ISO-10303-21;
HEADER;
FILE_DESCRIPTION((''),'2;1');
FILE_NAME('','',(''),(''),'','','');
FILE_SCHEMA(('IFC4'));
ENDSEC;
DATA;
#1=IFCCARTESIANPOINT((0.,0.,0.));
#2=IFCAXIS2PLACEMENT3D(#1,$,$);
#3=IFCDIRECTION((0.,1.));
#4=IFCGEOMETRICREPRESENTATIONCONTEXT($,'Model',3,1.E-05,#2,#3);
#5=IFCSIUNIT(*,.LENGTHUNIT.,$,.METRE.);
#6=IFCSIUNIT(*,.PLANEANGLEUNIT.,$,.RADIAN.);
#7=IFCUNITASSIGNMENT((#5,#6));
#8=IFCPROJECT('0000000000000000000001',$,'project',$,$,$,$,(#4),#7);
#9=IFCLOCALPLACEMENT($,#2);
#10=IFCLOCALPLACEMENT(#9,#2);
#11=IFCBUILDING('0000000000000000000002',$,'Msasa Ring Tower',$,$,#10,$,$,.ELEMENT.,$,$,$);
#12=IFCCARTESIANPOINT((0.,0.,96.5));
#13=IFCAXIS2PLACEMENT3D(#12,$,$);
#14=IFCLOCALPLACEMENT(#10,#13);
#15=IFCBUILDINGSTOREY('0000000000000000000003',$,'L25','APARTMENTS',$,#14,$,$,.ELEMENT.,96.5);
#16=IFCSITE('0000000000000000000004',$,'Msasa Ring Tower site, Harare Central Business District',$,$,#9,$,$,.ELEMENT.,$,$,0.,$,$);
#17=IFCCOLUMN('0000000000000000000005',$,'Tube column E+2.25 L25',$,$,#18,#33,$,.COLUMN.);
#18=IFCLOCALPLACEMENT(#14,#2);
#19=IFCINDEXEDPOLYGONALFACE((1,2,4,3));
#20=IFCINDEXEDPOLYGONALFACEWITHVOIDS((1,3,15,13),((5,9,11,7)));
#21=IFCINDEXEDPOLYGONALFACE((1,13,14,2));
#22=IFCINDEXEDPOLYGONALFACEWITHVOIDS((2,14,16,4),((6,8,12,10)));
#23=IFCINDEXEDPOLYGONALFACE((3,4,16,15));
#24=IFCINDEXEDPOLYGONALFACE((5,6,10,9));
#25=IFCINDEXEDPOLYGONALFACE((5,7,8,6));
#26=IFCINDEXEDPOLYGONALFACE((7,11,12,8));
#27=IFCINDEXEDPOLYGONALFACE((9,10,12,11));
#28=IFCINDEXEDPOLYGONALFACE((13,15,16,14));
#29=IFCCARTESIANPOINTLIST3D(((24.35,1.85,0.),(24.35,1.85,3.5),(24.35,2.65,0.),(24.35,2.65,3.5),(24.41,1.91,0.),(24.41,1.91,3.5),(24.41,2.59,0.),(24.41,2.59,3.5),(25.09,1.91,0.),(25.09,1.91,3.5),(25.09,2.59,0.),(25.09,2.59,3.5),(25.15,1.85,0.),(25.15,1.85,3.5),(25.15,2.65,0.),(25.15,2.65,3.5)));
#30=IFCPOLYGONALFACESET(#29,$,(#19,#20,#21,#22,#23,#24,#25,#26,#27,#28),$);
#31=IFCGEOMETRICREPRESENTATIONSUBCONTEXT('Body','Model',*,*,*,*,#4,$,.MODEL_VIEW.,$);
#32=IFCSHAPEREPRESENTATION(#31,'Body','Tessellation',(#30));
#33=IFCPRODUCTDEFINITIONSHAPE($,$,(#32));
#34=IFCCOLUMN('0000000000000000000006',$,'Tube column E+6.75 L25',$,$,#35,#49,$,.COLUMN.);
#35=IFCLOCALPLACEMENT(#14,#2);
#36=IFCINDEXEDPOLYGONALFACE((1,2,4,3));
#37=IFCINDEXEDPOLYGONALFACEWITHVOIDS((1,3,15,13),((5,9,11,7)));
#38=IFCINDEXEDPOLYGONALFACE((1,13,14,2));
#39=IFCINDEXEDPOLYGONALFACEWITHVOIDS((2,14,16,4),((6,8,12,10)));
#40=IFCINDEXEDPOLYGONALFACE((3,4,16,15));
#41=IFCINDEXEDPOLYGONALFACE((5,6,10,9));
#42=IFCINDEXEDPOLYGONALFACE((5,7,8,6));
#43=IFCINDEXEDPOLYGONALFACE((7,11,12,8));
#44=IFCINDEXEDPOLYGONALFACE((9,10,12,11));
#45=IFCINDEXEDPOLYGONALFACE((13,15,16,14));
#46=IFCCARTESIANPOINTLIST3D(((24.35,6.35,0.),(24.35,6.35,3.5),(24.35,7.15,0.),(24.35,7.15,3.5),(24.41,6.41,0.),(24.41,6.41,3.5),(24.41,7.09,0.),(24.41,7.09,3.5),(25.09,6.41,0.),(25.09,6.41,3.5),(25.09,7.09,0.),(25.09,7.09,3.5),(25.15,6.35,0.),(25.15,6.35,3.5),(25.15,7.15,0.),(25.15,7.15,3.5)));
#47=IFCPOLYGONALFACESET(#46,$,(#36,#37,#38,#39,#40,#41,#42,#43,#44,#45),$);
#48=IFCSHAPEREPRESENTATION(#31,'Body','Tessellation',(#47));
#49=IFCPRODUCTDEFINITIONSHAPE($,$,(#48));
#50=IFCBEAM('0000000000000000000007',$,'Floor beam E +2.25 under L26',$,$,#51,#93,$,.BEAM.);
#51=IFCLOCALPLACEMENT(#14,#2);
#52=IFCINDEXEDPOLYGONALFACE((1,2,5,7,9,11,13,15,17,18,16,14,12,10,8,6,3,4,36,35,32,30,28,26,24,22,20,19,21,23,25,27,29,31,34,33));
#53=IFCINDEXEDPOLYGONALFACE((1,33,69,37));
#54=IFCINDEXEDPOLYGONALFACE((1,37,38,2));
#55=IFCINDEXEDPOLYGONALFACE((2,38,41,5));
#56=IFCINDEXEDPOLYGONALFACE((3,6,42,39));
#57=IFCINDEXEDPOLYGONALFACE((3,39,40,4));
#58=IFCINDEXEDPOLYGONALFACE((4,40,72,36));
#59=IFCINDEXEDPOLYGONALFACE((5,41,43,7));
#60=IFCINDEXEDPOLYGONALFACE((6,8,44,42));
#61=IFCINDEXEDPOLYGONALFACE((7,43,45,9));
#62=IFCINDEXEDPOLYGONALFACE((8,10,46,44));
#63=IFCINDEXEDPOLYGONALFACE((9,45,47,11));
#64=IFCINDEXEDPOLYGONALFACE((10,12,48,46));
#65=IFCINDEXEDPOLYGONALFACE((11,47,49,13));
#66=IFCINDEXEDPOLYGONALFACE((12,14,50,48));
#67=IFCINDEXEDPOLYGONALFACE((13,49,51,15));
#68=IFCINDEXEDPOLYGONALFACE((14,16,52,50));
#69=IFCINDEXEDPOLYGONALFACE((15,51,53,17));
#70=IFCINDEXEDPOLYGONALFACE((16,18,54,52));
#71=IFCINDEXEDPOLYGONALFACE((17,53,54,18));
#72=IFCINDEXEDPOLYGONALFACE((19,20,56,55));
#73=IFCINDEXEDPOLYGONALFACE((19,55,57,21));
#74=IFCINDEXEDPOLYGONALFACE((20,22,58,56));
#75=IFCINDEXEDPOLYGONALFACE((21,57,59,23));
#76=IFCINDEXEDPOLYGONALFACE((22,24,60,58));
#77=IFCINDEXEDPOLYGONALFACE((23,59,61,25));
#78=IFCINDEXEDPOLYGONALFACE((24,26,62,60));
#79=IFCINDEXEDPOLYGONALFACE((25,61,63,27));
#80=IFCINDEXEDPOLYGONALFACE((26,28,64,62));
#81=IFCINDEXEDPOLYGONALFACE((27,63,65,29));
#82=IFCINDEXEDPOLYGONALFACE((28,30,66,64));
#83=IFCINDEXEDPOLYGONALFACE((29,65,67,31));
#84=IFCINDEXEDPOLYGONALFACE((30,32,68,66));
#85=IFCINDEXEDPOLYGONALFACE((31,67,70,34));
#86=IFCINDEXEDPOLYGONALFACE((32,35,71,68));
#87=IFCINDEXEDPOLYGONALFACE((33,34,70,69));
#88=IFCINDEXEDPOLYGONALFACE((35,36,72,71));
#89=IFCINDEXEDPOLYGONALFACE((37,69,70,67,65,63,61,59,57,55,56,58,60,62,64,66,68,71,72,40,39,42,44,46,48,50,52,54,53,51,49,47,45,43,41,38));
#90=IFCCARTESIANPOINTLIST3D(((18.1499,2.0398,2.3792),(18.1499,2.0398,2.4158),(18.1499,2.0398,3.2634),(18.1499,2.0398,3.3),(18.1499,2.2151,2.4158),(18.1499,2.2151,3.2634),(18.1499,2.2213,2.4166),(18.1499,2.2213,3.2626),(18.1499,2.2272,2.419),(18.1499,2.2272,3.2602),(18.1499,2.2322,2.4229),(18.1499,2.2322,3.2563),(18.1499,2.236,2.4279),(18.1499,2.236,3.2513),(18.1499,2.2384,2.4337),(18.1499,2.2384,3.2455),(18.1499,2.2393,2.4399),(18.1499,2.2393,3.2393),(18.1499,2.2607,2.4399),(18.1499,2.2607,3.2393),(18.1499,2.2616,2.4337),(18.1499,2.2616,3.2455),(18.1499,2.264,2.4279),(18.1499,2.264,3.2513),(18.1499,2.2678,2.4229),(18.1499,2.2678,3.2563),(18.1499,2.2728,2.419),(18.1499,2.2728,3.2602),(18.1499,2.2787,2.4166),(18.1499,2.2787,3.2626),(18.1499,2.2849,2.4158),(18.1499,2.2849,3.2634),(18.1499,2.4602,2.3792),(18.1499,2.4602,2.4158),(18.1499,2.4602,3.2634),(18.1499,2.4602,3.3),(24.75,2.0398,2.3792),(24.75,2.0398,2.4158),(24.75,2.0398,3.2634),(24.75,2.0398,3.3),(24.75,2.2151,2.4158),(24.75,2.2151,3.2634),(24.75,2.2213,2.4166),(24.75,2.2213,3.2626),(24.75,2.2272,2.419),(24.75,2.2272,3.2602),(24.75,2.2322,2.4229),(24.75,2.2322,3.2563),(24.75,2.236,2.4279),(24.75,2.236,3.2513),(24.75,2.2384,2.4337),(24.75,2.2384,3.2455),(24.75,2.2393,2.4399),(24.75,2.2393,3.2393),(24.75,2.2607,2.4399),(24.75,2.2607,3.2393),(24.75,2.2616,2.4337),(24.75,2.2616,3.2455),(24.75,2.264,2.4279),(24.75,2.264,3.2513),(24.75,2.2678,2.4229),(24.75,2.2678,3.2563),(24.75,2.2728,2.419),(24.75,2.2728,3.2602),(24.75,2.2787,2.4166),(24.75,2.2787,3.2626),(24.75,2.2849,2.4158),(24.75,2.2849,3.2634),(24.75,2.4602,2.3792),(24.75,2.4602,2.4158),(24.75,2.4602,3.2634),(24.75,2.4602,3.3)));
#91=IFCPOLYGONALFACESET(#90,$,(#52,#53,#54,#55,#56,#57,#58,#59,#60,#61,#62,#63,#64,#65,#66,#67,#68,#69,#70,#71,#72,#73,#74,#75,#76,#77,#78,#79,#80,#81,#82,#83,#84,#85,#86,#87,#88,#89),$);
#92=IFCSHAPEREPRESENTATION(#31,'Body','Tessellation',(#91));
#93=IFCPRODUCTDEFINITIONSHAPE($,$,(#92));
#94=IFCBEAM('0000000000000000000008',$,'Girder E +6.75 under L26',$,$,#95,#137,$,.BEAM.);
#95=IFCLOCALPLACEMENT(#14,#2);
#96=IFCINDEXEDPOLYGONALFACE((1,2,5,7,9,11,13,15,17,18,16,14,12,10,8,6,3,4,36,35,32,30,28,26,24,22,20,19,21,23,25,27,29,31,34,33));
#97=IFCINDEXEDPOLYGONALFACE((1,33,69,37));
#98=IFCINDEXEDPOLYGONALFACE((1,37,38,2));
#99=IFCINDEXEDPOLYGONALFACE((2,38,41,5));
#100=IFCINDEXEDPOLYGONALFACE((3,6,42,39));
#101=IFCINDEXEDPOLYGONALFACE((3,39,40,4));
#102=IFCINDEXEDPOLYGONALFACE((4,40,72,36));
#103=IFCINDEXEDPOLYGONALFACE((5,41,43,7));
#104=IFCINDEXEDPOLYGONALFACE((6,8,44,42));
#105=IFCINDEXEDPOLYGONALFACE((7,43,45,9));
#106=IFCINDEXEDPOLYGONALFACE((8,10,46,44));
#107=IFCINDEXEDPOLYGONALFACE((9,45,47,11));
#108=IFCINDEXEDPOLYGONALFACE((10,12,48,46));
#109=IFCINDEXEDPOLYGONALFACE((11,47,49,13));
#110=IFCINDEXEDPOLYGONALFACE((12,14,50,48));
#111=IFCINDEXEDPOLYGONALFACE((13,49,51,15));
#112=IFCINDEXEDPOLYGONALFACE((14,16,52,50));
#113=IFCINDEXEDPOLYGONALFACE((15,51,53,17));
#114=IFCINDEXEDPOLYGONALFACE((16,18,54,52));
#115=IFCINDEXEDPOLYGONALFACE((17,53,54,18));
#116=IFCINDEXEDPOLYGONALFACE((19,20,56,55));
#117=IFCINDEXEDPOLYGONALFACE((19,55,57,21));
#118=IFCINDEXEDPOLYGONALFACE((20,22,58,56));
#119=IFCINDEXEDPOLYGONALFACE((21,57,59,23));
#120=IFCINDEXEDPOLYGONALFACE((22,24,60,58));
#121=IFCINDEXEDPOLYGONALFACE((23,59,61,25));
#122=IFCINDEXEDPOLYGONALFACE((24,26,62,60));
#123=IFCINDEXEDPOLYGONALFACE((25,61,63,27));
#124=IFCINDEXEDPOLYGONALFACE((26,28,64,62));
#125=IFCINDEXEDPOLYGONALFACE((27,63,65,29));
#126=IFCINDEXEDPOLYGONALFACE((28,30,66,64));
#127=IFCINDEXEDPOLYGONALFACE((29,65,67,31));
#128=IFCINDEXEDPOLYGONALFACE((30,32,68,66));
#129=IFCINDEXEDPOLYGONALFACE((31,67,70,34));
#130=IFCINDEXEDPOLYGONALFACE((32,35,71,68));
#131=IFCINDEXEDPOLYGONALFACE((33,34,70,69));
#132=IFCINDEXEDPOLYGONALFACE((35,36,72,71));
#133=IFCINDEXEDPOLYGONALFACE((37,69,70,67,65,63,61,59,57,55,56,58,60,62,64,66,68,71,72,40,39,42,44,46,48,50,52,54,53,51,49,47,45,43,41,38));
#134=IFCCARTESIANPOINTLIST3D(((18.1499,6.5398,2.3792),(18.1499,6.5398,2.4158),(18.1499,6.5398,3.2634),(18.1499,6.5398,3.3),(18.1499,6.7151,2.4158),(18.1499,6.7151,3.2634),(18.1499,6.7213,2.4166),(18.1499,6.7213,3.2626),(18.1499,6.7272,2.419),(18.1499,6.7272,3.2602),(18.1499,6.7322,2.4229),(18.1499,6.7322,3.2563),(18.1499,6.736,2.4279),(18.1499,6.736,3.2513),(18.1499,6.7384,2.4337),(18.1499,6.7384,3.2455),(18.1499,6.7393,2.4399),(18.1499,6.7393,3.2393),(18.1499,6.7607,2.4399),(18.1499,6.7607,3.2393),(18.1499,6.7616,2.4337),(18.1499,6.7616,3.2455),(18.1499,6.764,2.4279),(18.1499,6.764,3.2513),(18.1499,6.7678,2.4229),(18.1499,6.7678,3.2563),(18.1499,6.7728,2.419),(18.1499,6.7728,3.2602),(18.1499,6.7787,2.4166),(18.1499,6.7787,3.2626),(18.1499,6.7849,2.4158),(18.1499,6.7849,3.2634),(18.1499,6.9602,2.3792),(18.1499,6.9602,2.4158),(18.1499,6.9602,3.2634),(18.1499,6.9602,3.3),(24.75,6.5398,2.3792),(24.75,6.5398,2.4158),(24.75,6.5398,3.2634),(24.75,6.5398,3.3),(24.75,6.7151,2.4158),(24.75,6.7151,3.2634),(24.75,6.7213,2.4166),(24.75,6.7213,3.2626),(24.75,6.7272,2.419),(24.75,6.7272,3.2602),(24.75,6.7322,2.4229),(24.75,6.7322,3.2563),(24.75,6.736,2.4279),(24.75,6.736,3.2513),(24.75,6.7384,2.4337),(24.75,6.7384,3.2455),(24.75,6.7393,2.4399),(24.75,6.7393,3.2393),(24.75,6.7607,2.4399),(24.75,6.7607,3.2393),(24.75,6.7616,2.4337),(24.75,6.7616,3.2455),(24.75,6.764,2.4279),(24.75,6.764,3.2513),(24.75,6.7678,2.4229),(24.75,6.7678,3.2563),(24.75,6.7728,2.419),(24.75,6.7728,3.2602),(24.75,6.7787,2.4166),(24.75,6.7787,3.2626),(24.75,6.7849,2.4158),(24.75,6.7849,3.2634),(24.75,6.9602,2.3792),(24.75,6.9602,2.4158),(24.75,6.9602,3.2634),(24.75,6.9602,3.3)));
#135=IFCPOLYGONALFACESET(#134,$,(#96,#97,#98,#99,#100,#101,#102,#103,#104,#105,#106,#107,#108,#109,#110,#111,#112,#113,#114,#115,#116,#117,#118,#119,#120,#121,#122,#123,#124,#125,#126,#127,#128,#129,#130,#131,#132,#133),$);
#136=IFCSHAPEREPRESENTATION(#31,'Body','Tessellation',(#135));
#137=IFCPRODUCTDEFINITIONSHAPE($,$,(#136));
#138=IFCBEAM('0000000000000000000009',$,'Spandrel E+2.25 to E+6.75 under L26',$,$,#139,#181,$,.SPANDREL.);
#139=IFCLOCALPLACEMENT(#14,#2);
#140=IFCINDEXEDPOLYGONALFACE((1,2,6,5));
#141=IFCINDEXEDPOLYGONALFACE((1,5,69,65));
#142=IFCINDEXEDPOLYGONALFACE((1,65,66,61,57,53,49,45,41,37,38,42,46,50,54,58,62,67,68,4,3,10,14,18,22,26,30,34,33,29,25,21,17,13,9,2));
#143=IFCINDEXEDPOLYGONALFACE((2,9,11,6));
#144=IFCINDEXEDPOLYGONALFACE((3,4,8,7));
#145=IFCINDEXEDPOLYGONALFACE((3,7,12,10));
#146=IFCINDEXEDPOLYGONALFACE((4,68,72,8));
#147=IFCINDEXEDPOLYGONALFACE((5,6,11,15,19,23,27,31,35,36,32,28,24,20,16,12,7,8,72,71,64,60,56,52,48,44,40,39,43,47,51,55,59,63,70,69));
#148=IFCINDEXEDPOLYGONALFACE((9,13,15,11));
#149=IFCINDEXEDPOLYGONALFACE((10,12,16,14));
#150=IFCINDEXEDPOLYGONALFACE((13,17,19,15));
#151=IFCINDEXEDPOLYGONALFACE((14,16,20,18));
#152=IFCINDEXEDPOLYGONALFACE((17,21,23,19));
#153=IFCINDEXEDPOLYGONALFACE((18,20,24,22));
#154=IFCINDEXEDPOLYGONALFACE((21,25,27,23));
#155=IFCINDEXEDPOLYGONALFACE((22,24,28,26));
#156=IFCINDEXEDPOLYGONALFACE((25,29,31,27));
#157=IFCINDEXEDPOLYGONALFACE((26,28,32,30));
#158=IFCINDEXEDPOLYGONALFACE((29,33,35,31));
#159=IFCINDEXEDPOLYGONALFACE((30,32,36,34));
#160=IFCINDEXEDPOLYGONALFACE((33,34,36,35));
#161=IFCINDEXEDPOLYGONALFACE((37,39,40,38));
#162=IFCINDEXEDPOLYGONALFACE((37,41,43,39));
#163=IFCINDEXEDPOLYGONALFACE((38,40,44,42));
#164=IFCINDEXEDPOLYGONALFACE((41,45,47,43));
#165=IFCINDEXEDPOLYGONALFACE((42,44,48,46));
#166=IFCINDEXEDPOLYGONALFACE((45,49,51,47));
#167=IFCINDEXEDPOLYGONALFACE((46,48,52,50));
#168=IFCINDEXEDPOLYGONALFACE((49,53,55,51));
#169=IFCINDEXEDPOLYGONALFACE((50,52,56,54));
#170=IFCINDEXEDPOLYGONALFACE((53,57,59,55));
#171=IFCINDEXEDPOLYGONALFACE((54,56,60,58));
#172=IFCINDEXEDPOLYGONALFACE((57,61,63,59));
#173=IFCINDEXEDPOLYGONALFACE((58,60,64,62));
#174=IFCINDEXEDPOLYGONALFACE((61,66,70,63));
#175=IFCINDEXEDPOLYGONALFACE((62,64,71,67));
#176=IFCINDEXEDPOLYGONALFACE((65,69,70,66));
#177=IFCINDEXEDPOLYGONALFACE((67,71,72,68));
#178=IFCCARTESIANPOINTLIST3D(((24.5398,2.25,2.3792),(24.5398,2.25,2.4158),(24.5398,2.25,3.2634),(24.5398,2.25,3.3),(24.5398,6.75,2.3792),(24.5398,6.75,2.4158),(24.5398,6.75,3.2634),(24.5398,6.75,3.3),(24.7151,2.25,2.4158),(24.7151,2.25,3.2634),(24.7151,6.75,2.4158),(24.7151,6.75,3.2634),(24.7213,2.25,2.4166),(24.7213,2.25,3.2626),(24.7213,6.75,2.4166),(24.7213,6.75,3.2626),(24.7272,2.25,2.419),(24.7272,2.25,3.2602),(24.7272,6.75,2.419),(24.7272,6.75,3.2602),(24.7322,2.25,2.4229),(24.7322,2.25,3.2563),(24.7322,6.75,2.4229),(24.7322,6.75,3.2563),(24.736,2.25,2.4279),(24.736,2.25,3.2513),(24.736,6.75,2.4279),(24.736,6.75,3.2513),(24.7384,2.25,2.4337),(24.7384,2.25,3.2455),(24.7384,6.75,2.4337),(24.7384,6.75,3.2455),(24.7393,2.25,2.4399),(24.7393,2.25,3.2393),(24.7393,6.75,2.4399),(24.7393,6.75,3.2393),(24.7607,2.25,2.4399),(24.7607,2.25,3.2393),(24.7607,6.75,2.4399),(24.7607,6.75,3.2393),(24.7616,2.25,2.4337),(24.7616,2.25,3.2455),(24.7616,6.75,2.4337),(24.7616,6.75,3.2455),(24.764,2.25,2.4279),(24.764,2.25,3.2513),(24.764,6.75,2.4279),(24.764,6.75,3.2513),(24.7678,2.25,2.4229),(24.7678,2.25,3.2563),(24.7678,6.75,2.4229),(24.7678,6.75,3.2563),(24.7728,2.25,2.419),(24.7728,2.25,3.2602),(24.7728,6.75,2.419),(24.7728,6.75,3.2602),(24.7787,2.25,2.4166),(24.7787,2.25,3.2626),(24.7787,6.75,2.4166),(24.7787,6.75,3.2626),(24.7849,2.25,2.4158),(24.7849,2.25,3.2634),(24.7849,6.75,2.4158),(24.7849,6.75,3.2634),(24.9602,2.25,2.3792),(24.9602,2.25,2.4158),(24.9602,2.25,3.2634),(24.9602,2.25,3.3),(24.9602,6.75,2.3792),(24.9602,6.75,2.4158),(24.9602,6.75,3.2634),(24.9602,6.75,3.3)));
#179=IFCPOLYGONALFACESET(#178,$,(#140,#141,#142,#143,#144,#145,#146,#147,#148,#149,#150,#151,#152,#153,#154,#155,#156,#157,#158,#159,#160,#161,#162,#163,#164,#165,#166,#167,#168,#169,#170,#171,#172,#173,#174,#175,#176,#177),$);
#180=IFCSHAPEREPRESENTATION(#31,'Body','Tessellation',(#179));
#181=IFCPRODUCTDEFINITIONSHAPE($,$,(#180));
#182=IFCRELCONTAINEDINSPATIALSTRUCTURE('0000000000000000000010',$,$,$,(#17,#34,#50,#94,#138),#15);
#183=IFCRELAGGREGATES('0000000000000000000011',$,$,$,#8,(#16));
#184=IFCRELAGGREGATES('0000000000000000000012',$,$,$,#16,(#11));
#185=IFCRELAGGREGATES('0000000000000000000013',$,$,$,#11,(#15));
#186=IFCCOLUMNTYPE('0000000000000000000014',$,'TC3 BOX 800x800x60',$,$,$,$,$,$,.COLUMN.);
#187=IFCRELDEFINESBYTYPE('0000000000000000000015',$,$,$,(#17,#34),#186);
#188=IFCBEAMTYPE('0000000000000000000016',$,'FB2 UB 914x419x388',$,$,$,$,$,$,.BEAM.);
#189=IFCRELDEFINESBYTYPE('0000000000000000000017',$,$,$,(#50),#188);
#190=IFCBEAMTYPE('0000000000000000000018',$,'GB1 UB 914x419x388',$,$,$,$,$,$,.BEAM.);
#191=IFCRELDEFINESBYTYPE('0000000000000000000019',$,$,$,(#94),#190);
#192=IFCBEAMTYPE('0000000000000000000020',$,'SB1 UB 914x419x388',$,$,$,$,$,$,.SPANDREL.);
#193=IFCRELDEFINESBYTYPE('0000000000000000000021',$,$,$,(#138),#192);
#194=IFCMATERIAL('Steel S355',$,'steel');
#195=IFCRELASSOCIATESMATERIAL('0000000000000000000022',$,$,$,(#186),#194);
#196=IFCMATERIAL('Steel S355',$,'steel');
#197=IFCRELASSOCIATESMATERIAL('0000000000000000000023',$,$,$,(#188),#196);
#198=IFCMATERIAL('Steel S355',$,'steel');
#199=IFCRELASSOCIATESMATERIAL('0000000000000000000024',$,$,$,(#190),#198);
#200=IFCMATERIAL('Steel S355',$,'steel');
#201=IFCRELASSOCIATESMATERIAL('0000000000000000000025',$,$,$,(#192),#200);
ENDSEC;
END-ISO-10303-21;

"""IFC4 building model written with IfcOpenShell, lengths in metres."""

from ifc_helpers import new_model, si_unit, direction, frame, origin, origin_2d, place, context, subcontext, project, spatial, hollow_rectangle, i_section, extrude, material, material_profile, profile_set, type_object, element, save


model = new_model("IFC4")

# Units and contexts
model_context = context("Model", 3, precision=1e-05, world=origin(), true_north=direction((0.0, 1.0)))
body_context = subcontext(model_context, "Body", "Model", "MODEL_VIEW")
ifc_project = project(units=[si_unit("LENGTHUNIT", "METRE"), si_unit("PLANEANGLEUNIT", "RADIAN")], contexts=[model_context])

# Site, building, storey
site_placement = place(None, origin())
site = spatial("IfcSite", under=ifc_project, at=site_placement, Name="Msasa Ring Tower site, Harare Central Business District", CompositionType="ELEMENT", RefElevation=0.0)
building_placement = place(site_placement, origin())
building = spatial("IfcBuilding", under=site, at=building_placement, Name="Msasa Ring Tower", CompositionType="ELEMENT")
storey_placement = place(building_placement, frame((0.0, 0.0, 96.5)))
storey = spatial("IfcBuildingStorey", under=building, at=storey_placement, Name="L25", Description="APARTMENTS", CompositionType="ELEMENT", Elevation=96.5)

# Columns
ifc_material_1 = material(Name="Steel S355", Category="steel")
ifc_material_profile_1 = material_profile(ifc_material_1, hollow_rectangle(XDim=0.8, YDim=0.8, WallThickness=0.0601, at=origin_2d()), Name="BOX 800x800x60")
ifc_profile_set_1 = profile_set([ifc_material_profile_1], Name="Steel S355")
column_type = type_object("IfcColumnType", Name="TC3 BOX 800x800x60", PredefinedType="COLUMN", material=ifc_profile_set_1)
for number, where, z_axis, x_axis, name in (
    (1, (24.75, 2.25, 0.0), (0.0, 0.0, 1.0), (1.0, 0.0, 0.0), "Tube column E+2.25 L25"),
    (2, (24.75, 6.75, 0.0), (0.0, 0.0, 1.0), (1.0, 0.0, 0.0), "Tube column E+6.75 L25"),
):
    element("IfcColumn", number, at=place(storey_placement, frame(where, z_axis=z_axis, x_axis=x_axis)), inside=storey, type_object=column_type, Name=name, PredefinedType="COLUMN", context=body_context, shape_type="SweptSolid", body=[
        extrude(hollow_rectangle(XDim=0.8, YDim=0.8, WallThickness=0.0601, at=origin_2d()), origin(), (0.0, 0.0, 1.0), 3.5),
    ])

# Beams
ifc_material_2 = material(Name="Steel S355", Category="steel")
ifc_material_profile_2 = material_profile(ifc_material_2, i_section(OverallWidth=0.4204, OverallDepth=0.9209, WebThickness=0.0215, FlangeThickness=0.0366, FilletRadius=0.0242, at=origin_2d()), Name="UB 914x419x388")
ifc_profile_set_2 = profile_set([ifc_material_profile_2], Name="Steel S355")
beam_type_1 = type_object("IfcBeamType", Name="FB2 UB 914x419x388", PredefinedType="BEAM", material=ifc_profile_set_2)
beam_1_placement = place(storey_placement, frame((24.75, 2.25, 2.8396), z_axis=(-1.0, 0.0, 0.0), x_axis=(0.0, -1.0, 0.0)))
element("IfcBeam", 3, at=beam_1_placement, inside=storey, type_object=beam_type_1, Name="Floor beam E +2.25 under L26", PredefinedType="BEAM", context=body_context, shape_type="SweptSolid", body=[
    extrude(i_section(OverallWidth=0.4204, OverallDepth=0.9209, WebThickness=0.0215, FlangeThickness=0.0366, FilletRadius=0.0242, at=origin_2d()), origin(), (0.0, 0.0, 1.0), 6.6001),
])
ifc_material_3 = material(Name="Steel S355", Category="steel")
ifc_material_profile_3 = material_profile(ifc_material_3, i_section(OverallWidth=0.4204, OverallDepth=0.9209, WebThickness=0.0215, FlangeThickness=0.0366, FilletRadius=0.0242, at=origin_2d()), Name="UB 914x419x388")
ifc_profile_set_3 = profile_set([ifc_material_profile_3], Name="Steel S355")
beam_type_2 = type_object("IfcBeamType", Name="GB1 UB 914x419x388", PredefinedType="BEAM", material=ifc_profile_set_3)
beam_2_placement = place(storey_placement, frame((18.1499, 6.75, 2.8396), z_axis=(1.0, 0.0, 0.0), x_axis=(0.0, 1.0, 0.0)))
element("IfcBeam", 4, at=beam_2_placement, inside=storey, type_object=beam_type_2, Name="Girder E +6.75 under L26", PredefinedType="BEAM", context=body_context, shape_type="SweptSolid", body=[
    extrude(i_section(OverallWidth=0.4204, OverallDepth=0.9209, WebThickness=0.0215, FlangeThickness=0.0366, FilletRadius=0.0242, at=origin_2d()), origin(), (0.0, 0.0, 1.0), 6.6001),
])
ifc_material_4 = material(Name="Steel S355", Category="steel")
ifc_material_profile_4 = material_profile(ifc_material_4, i_section(OverallWidth=0.4204, OverallDepth=0.9209, WebThickness=0.0215, FlangeThickness=0.0366, FilletRadius=0.0242, at=origin_2d()), Name="UB 914x419x388")
ifc_profile_set_4 = profile_set([ifc_material_profile_4], Name="Steel S355")
beam_type_3 = type_object("IfcBeamType", Name="SB1 UB 914x419x388", PredefinedType="SPANDREL", material=ifc_profile_set_4)
for number, where, z_axis, x_axis, name in (
    (5, (24.75, 2.25, 2.8396), (0.0, 1.0, 0.0), (-1.0, 0.0, 0.0), "Spandrel E+2.25 to E+6.75 under L26"),
):
    element("IfcBeam", number, at=place(storey_placement, frame(where, z_axis=z_axis, x_axis=x_axis)), inside=storey, type_object=beam_type_3, Name=name, PredefinedType="SPANDREL", context=body_context, shape_type="SweptSolid", body=[
        extrude(i_section(OverallWidth=0.4204, OverallDepth=0.9209, WebThickness=0.0215, FlangeThickness=0.0366, FilletRadius=0.0242, at=origin_2d()), origin(), (0.0, 0.0, 1.0), 4.5),
    ])

save(model, "model.ifc")
